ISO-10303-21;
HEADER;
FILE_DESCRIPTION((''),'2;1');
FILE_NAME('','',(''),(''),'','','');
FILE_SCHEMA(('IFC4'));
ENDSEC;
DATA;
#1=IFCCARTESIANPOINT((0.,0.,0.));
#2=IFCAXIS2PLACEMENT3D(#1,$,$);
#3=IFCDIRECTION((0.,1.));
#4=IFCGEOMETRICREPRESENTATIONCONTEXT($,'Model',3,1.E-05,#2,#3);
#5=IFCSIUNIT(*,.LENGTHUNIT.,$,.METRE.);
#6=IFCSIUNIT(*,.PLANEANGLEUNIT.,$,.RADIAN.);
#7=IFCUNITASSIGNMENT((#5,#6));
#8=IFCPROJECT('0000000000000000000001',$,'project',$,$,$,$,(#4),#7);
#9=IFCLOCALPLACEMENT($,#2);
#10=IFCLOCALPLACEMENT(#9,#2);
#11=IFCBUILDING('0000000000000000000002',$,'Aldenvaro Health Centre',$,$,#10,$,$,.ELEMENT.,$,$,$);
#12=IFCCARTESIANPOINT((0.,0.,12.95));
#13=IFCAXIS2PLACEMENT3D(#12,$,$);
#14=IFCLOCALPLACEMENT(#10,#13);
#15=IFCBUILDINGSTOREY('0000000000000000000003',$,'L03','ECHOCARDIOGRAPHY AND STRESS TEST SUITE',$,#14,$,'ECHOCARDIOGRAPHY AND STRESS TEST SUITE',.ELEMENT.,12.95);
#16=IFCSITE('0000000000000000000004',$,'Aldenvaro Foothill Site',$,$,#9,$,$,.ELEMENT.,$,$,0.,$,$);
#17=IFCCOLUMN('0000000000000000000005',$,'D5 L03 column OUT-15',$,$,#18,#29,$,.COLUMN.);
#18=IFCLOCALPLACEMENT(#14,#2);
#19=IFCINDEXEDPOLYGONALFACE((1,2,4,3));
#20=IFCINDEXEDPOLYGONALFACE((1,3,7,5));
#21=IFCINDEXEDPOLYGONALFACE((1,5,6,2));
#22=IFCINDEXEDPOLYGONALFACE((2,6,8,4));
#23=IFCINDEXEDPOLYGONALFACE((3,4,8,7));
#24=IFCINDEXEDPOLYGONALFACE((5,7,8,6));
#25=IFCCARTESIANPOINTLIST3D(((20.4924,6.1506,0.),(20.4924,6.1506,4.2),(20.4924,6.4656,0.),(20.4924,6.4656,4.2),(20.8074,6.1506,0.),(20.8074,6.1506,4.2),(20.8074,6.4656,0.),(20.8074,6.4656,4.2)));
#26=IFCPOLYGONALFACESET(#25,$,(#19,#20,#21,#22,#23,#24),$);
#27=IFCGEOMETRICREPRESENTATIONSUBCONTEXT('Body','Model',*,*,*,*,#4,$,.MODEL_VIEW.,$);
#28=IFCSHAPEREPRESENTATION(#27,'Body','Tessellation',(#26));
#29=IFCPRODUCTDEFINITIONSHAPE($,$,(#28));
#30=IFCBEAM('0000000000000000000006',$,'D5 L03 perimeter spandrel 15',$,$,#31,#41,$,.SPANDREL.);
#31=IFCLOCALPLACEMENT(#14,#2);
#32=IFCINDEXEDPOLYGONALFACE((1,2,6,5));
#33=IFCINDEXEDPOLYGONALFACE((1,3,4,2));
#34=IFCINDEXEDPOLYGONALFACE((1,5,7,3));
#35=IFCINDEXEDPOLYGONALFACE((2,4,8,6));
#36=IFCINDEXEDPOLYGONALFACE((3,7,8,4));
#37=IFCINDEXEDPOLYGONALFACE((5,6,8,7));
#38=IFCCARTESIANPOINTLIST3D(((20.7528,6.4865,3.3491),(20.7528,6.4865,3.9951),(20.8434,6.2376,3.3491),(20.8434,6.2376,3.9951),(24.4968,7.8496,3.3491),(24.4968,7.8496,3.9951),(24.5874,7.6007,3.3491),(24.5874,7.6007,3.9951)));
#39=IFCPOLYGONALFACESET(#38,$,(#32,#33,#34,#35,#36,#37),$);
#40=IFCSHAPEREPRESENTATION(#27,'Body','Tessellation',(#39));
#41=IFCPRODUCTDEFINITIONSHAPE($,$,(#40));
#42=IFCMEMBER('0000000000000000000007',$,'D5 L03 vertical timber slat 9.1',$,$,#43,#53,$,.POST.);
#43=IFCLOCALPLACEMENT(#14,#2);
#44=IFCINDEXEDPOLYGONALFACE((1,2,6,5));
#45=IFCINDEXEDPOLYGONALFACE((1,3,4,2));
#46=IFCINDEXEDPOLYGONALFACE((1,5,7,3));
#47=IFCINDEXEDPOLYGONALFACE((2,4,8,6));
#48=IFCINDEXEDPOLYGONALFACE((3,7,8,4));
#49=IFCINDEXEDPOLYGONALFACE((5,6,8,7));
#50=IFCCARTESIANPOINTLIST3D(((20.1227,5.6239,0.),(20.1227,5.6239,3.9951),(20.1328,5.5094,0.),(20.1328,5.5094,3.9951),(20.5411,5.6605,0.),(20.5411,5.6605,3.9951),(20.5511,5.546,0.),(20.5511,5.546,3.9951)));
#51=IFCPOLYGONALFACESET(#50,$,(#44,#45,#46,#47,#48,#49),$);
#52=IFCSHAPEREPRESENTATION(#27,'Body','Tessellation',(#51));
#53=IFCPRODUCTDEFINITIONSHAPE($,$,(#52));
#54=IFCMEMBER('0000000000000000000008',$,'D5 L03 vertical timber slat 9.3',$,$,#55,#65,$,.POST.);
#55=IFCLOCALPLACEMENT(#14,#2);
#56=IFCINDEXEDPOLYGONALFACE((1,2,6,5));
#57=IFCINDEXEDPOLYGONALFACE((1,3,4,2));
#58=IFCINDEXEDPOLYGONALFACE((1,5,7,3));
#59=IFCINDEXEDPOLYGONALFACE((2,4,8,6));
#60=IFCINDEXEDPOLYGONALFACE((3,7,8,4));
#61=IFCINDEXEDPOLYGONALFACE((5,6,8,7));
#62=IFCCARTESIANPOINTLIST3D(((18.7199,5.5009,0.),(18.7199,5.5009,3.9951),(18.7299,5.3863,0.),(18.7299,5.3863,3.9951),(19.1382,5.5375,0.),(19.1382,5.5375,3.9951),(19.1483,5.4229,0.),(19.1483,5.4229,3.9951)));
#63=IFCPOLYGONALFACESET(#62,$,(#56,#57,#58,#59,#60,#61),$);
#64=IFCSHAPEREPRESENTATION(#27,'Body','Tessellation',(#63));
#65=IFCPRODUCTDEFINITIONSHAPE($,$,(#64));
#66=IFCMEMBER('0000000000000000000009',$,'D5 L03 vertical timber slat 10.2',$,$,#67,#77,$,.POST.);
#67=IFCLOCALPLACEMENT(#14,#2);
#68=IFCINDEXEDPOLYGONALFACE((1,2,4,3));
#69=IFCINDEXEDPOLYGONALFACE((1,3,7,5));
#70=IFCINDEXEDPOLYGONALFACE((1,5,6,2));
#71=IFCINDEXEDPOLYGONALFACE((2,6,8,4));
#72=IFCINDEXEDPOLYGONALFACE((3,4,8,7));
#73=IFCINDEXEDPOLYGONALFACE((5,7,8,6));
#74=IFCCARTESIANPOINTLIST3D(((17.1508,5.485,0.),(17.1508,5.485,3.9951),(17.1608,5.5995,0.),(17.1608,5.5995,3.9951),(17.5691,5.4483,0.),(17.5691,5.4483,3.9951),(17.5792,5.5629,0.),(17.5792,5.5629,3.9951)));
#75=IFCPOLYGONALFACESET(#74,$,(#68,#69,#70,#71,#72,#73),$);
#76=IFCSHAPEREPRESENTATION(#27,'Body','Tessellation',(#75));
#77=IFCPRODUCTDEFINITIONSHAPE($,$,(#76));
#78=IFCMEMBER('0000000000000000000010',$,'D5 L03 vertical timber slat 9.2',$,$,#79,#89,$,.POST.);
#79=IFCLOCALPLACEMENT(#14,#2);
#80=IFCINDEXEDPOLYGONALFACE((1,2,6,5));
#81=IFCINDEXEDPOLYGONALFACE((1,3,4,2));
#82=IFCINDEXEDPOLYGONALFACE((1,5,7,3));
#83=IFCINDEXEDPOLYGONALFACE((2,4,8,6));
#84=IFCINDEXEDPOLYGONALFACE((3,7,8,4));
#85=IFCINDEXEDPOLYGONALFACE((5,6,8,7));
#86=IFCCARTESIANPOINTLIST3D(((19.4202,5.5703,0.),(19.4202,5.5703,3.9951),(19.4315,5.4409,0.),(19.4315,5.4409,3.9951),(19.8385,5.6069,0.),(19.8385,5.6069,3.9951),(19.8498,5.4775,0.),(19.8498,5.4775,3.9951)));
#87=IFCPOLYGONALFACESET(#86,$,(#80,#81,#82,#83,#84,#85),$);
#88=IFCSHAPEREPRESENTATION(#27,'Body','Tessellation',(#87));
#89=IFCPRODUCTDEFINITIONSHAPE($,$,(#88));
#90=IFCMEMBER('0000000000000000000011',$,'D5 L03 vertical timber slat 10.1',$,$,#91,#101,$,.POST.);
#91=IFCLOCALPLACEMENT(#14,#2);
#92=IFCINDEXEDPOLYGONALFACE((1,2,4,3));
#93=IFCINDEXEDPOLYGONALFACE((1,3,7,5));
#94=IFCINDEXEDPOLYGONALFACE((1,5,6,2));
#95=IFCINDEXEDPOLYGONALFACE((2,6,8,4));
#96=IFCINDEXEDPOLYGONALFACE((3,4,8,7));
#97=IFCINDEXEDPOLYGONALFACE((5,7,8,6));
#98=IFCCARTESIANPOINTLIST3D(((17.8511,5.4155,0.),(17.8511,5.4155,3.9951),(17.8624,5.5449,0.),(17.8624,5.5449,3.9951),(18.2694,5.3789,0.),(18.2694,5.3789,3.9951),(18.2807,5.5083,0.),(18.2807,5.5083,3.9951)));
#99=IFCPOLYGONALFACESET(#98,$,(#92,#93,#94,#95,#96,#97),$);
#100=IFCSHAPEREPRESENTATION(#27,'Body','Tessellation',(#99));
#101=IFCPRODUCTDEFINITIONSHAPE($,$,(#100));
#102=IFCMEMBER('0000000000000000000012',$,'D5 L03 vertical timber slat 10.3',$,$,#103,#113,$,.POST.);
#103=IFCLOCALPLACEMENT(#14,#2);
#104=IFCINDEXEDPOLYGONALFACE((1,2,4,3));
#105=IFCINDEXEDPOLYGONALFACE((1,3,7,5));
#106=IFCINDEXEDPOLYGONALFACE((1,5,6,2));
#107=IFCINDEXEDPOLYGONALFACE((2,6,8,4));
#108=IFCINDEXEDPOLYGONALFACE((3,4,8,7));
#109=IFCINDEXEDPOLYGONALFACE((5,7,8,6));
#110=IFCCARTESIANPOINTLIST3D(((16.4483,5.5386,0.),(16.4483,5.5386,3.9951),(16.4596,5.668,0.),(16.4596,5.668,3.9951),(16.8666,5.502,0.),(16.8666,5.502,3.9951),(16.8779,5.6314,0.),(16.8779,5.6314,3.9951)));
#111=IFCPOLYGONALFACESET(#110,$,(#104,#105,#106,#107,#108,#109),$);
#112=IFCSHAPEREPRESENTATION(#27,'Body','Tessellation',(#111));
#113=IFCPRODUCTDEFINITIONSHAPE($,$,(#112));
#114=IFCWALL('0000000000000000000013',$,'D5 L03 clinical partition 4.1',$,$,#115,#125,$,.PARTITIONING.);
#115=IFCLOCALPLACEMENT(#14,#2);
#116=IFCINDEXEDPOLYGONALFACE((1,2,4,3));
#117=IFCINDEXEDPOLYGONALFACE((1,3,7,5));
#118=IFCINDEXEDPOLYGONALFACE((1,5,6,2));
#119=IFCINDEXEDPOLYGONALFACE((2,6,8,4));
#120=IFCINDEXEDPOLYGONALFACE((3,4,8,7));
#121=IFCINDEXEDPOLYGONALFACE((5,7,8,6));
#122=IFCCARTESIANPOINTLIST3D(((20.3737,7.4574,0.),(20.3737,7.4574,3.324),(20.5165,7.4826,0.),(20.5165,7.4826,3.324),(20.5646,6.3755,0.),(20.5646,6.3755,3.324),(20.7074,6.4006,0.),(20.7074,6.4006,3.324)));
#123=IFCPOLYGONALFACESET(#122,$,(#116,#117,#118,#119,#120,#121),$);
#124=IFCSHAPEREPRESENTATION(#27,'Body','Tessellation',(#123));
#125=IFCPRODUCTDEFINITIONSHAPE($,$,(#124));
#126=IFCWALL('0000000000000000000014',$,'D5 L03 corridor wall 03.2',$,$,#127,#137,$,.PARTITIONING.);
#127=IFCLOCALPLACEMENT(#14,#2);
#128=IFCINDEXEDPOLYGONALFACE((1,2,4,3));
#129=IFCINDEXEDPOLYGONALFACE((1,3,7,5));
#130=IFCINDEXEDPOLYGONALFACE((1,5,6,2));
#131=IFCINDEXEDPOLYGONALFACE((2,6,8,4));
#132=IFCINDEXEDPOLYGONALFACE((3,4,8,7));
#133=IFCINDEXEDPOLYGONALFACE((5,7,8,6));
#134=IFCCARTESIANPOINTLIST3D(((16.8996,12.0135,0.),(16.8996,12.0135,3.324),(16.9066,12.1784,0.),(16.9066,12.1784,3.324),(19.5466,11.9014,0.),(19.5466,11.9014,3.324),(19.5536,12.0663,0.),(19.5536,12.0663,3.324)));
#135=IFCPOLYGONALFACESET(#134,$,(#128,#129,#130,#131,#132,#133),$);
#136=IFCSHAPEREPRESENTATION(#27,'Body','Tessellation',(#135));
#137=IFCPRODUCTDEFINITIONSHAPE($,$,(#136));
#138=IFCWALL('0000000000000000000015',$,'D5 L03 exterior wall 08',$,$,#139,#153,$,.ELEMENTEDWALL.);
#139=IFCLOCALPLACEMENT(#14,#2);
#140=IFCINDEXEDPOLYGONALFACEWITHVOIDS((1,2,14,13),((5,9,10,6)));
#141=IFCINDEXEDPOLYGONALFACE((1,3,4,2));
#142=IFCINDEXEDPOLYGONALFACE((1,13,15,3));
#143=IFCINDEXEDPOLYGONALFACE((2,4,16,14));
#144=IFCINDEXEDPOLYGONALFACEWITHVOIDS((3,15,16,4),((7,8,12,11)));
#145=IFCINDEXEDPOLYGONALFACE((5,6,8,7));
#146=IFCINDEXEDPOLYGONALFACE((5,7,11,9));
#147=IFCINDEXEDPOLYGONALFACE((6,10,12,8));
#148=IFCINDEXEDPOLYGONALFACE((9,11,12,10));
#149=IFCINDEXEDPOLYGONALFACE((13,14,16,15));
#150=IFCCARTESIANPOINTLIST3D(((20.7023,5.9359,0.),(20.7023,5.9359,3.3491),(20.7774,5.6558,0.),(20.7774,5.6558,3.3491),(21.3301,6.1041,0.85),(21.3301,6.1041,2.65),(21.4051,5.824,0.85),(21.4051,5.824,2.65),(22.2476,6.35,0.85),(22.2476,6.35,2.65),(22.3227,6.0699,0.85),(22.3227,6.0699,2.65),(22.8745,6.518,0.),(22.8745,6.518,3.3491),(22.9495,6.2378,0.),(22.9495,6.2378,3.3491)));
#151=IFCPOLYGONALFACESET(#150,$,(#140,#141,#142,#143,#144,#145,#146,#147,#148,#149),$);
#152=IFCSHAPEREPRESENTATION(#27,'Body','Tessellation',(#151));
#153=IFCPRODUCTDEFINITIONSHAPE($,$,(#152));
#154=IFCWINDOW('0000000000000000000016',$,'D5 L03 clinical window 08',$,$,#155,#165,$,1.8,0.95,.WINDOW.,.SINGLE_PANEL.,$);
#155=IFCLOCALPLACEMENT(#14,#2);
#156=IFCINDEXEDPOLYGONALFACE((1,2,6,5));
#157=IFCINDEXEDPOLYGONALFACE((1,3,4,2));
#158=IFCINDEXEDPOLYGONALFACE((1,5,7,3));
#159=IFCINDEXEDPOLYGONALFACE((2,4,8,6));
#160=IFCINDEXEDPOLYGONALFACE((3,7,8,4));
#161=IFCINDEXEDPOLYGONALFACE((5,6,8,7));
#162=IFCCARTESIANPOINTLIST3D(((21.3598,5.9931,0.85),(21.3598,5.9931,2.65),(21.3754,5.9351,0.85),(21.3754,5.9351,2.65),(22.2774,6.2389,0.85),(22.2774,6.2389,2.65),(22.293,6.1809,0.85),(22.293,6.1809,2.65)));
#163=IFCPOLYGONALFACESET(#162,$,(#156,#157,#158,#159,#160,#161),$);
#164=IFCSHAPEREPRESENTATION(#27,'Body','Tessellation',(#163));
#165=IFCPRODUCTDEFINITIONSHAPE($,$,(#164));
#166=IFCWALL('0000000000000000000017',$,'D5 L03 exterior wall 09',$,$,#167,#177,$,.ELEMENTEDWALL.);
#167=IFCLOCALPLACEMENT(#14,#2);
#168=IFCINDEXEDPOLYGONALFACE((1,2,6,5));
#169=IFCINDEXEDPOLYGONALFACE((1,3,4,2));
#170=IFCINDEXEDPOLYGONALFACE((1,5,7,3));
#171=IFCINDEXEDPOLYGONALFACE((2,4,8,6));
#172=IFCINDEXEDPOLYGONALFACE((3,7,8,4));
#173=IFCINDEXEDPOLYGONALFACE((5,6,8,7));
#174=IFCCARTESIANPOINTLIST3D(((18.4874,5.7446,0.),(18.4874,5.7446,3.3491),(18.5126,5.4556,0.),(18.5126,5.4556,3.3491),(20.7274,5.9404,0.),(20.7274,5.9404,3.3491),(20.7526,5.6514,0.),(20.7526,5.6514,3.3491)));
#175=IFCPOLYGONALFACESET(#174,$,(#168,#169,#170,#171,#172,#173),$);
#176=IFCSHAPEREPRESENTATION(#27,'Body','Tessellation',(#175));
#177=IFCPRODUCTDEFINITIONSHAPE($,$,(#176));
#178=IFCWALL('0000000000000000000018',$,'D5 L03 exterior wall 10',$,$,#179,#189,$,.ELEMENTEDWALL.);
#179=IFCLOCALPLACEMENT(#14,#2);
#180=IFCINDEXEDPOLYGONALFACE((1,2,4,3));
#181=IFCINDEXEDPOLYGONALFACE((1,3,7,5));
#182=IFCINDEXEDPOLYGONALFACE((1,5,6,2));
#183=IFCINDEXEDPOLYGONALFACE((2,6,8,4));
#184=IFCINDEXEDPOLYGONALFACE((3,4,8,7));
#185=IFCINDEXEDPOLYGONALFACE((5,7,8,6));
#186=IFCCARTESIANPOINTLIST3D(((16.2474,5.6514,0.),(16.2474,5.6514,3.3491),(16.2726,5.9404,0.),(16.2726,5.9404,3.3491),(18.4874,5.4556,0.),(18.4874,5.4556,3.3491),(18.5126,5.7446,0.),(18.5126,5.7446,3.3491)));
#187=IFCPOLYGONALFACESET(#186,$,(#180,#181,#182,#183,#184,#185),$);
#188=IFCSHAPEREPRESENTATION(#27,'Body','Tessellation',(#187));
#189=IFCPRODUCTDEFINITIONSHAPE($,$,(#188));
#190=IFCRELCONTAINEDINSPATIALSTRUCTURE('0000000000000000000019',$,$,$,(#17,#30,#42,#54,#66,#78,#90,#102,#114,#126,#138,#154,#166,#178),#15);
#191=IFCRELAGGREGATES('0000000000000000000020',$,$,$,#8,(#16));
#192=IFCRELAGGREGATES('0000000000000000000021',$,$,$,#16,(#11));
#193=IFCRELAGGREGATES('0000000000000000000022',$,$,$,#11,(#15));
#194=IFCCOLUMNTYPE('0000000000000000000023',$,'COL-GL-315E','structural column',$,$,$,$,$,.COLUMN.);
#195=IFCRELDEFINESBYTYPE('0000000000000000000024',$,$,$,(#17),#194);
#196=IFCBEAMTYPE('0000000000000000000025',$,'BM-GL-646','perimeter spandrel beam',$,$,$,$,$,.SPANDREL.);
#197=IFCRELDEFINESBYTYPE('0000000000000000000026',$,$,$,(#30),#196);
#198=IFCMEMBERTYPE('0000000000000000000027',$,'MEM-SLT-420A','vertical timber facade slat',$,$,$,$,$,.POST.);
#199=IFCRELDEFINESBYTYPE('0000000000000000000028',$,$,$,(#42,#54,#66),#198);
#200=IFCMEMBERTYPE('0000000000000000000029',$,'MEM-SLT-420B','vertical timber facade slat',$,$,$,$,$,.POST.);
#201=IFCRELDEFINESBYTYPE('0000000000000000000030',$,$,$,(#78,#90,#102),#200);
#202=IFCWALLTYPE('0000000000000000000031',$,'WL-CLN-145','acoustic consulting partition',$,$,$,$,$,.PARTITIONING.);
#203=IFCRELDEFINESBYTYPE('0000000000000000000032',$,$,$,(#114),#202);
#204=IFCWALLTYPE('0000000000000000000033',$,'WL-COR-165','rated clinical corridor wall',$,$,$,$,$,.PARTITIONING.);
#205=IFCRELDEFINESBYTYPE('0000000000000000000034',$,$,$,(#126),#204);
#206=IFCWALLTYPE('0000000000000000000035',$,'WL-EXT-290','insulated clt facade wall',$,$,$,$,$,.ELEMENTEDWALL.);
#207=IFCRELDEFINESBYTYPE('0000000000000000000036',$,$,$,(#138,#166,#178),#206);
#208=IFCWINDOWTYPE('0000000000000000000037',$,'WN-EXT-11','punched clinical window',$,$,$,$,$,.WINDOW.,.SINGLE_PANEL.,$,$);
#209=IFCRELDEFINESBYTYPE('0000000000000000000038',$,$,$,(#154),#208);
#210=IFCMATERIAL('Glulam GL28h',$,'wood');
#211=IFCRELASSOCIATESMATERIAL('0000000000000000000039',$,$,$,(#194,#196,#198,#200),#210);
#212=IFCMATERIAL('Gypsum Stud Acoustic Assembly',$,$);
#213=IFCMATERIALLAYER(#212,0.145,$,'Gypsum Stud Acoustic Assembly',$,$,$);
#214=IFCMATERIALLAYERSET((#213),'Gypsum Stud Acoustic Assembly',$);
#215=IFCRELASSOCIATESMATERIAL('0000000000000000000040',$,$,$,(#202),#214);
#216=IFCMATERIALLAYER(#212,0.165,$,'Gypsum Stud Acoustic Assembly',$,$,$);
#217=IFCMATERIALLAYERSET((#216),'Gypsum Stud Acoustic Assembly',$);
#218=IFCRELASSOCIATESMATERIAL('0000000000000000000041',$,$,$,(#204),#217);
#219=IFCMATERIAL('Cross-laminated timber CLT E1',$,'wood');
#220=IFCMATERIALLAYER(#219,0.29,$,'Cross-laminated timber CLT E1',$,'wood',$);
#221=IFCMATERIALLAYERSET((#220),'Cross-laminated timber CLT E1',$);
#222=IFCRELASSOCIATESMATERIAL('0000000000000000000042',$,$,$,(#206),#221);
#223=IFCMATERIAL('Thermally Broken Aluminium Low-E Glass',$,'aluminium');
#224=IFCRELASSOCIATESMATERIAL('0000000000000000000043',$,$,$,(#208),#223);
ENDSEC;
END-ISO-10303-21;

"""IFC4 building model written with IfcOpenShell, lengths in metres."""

from ifc_helpers import new_model, si_unit, direction, frame, frame_2d, origin, origin_2d, place, context, subcontext, project, spatial, rectangle, extrude, material, layer, layer_set, material_profile, profile_set, type_object, element, fill, save


model = new_model("IFC4")

# Units and contexts
model_context = context("Model", 3, precision=1e-05, world=origin(), true_north=direction((0.0, 1.0)))
body_context = subcontext(model_context, "Body", "Model", "MODEL_VIEW")
ifc_project = project(units=[si_unit("LENGTHUNIT", "METRE"), si_unit("PLANEANGLEUNIT", "RADIAN")], contexts=[model_context])

# Site, building, storey
site_placement = place(None, origin())
site = spatial("IfcSite", under=ifc_project, at=site_placement, Name="Aldenvaro Foothill Site", CompositionType="ELEMENT", RefElevation=0.0)
building_placement = place(site_placement, origin())
building = spatial("IfcBuilding", under=site, at=building_placement, Name="Aldenvaro Health Centre", CompositionType="ELEMENT")
storey_placement = place(building_placement, frame((0.0, 0.0, 12.95)))
storey = spatial("IfcBuildingStorey", under=building, at=storey_placement, Name="L03", Description="ECHOCARDIOGRAPHY AND STRESS TEST SUITE", LongName="ECHOCARDIOGRAPHY AND STRESS TEST SUITE", CompositionType="ELEMENT", Elevation=12.95)

# Column
ifc_material_1 = material(Name="Glulam GL28h", Category="wood")
ifc_material_profile_1 = material_profile(ifc_material_1, rectangle(XDim=0.3149, YDim=0.3149, at=origin_2d()), Name="GL 315x315", Category="wood")
ifc_profile_set_1 = profile_set([ifc_material_profile_1], Name="Glulam GL28h")
column_type = type_object("IfcColumnType", Name="COL-GL-315E", Description="structural column", PredefinedType="COLUMN", material=ifc_profile_set_1)
column_placement = place(storey_placement, frame((20.6499, 6.3081, 0.0), z_axis=(0.0, 0.0, 1.0), x_axis=(1.0, 0.0, 0.0)))
element("IfcColumn", 1, at=column_placement, inside=storey, type_object=column_type, Name="D5 L03 column OUT-15", PredefinedType="COLUMN", context=body_context, shape_type="SweptSolid", body=[
    extrude(rectangle(XDim=0.3149, YDim=0.3149, at=origin_2d()), origin(), (0.0, 0.0, 1.0), 4.2),
])

# Beam
ifc_material_profile_2 = material_profile(ifc_material_1, rectangle(XDim=0.2649, YDim=0.646, at=origin_2d()), Name="GL 265x646", Category="wood")
ifc_profile_set_2 = profile_set([ifc_material_profile_2], Name="Glulam GL28h")
beam_type = type_object("IfcBeamType", Name="BM-GL-646", Description="perimeter spandrel beam", PredefinedType="SPANDREL", material=ifc_profile_set_2)
beam_placement = place(storey_placement, frame((20.7981, 6.3621, 3.6721), z_axis=(0.939663, 0.342102, 0.0), x_axis=(-0.342102, 0.939663, 0.0)))
element("IfcBeam", 2, at=beam_placement, inside=storey, type_object=beam_type, Name="D5 L03 perimeter spandrel 15", PredefinedType="SPANDREL", context=body_context, shape_type="SweptSolid", body=[
    extrude(rectangle(XDim=0.2649, YDim=0.646, at=origin_2d()), origin(), (0.0, 0.0, 1.0), 3.9844),
])

# Members
ifc_material_profile_3 = material_profile(ifc_material_1, rectangle(XDim=0.115, YDim=0.4199, at=origin_2d()), Name="GL 115x420", Category="wood")
ifc_profile_set_3 = profile_set([ifc_material_profile_3], Name="Glulam GL28h")
member_type_1 = type_object("IfcMemberType", Name="MEM-SLT-420A", Description="vertical timber facade slat", PredefinedType="POST", material=ifc_profile_set_3)
for number, where, z_axis, x_axis, name in (
    (3, (20.3369, 5.585, 0.0), (0.0, 0.0, 1.0), (0.087167, -0.996194, 0.0), "D5 L03 vertical timber slat 9.1"),
    (4, (18.9341, 5.4619, 0.0), (0.0, 0.0, 1.0), (0.087167, -0.996194, 0.0), "D5 L03 vertical timber slat 9.3"),
    (5, (17.365, 5.5239, 0.0), (0.0, 0.0, 1.0), (-0.087167, -0.996194, 0.0), "D5 L03 vertical timber slat 10.2"),
):
    element("IfcMember", number, at=place(storey_placement, frame(where, z_axis=z_axis, x_axis=x_axis)), inside=storey, type_object=member_type_1, Name=name, PredefinedType="POST", context=body_context, shape_type="SweptSolid", body=[
        extrude(rectangle(XDim=0.115, YDim=0.4199, at=origin_2d()), origin(), (0.0, 0.0, 1.0), 3.9951),
    ])
ifc_material_profile_4 = material_profile(ifc_material_1, rectangle(XDim=0.1299, YDim=0.4199, at=origin_2d()), Name="GL 130x420", Category="wood")
ifc_profile_set_4 = profile_set([ifc_material_profile_4], Name="Glulam GL28h")
member_type_2 = type_object("IfcMemberType", Name="MEM-SLT-420B", Description="vertical timber facade slat", PredefinedType="POST", material=ifc_profile_set_4)
for number, where, z_axis, x_axis, name in (
    (6, (19.635, 5.5239, 0.0), (0.0, 0.0, 1.0), (0.087167, -0.996194, 0.0), "D5 L03 vertical timber slat 9.2"),
    (7, (18.0659, 5.4619, 0.0), (0.0, 0.0, 1.0), (-0.087167, -0.996194, 0.0), "D5 L03 vertical timber slat 10.1"),
    (8, (16.6631, 5.585, 0.0), (0.0, 0.0, 1.0), (-0.087167, -0.996194, 0.0), "D5 L03 vertical timber slat 10.3"),
):
    element("IfcMember", number, at=place(storey_placement, frame(where, z_axis=z_axis, x_axis=x_axis)), inside=storey, type_object=member_type_2, Name=name, PredefinedType="POST", context=body_context, shape_type="SweptSolid", body=[
        extrude(rectangle(XDim=0.1299, YDim=0.4199, at=origin_2d()), origin(), (0.0, 0.0, 1.0), 3.9951),
    ])

# Walls
ifc_material_2 = material(Name="Gypsum Stud Acoustic Assembly")
ifc_layer_1 = layer(ifc_material_2, 0.145, Name="Gypsum Stud Acoustic Assembly")
ifc_layer_set_1 = layer_set([ifc_layer_1], Name="Gypsum Stud Acoustic Assembly")
wall_type_1 = type_object("IfcWallType", Name="WL-CLN-145", Description="acoustic consulting partition", PredefinedType="PARTITIONING", material=ifc_layer_set_1)
wall_1_placement = place(storey_placement, frame((20.4451, 7.47, 0.0), z_axis=(0.0, 0.0, 1.0), x_axis=(0.17376, -0.984788, 0.0)))
element("IfcWall", 9, at=wall_1_placement, inside=storey, type_object=wall_type_1, Name="D5 L03 clinical partition 4.1", PredefinedType="PARTITIONING", context=body_context, shape_type="SweptSolid", body=[
    extrude(rectangle(XDim=1.0986, YDim=0.145, at=frame_2d((0.5493, 0.0))), origin(), (0.0, 0.0, 1.0), 3.324),
])
ifc_layer_2 = layer(ifc_material_2, 0.165, Name="Gypsum Stud Acoustic Assembly")
ifc_layer_set_2 = layer_set([ifc_layer_2], Name="Gypsum Stud Acoustic Assembly")
wall_type_2 = type_object("IfcWallType", Name="WL-COR-165", Description="rated clinical corridor wall", PredefinedType="PARTITIONING", material=ifc_layer_set_2)
wall_2_placement = place(storey_placement, frame((16.9031, 12.0959, 0.0), z_axis=(0.0, 0.0, 1.0), x_axis=(0.999105, -0.042297, 0.0)))
element("IfcWall", 10, at=wall_2_placement, inside=storey, type_object=wall_type_2, Name="D5 L03 corridor wall 03.2", PredefinedType="PARTITIONING", context=body_context, shape_type="SweptSolid", body=[
    extrude(rectangle(XDim=2.6494, YDim=0.165, at=frame_2d((1.3247, 0.0))), origin(), (0.0, 0.0, 1.0), 3.324),
])

# Wall, opening, window
ifc_material_3 = material(Name="Cross-laminated timber CLT E1", Category="wood")
ifc_layer_3 = layer(ifc_material_3, 0.29, Name="Cross-laminated timber CLT E1", Category="wood")
ifc_layer_set_3 = layer_set([ifc_layer_3], Name="Cross-laminated timber CLT E1")
wall_type_3 = type_object("IfcWallType", Name="WL-EXT-290", Description="insulated clt facade wall", PredefinedType="ELEMENTEDWALL", material=ifc_layer_set_3)
wall_3_placement = place(storey_placement, frame((22.9121, 6.3779, 0.0), z_axis=(0.0, 0.0, 1.0), x_axis=(-0.965924, -0.258825, 0.0)))
wall_3 = element("IfcWall", 11, at=wall_3_placement, inside=storey, type_object=wall_type_3, Name="D5 L03 exterior wall 08", PredefinedType="ELEMENTEDWALL", context=body_context, shape_type="SweptSolid", body=[
    extrude(rectangle(XDim=2.2488, YDim=0.29, at=frame_2d((1.1245, 0.0))), origin(), (0.0, 0.0, 1.0), 3.3491),
])
opening_1_placement = place(wall_3_placement, frame((0.6489, 0.0, 0.8501)))
opening_1 = element("IfcOpeningElement", 12, at=opening_1_placement, cuts=wall_3, PredefinedType="OPENING", context=body_context, shape_type="SweptSolid", body=[
    extrude(rectangle(XDim=0.95, YDim=1.8, at=frame_2d((0.4751, 0.8999))), frame((0.0, 0.155, 0.0), z_axis=(0.0, -1.0, 0.0), x_axis=(1.0, 0.0, 0.0)), (0.0, 0.0, 1.0), 0.3101),
])
ifc_material_4 = material(Name="Thermally Broken Aluminium Low-E Glass", Category="aluminium")
window_type = type_object("IfcWindowType", Name="WN-EXT-11", Description="punched clinical window", PartitioningType="SINGLE_PANEL", PredefinedType="WINDOW", material=ifc_material_4)
window_placement = place(opening_1_placement, origin())
window = element("IfcWindow", 13, at=window_placement, inside=storey, type_object=window_type, Name="D5 L03 clinical window 08", OverallHeight=1.8, OverallWidth=0.95, PartitioningType="SINGLE_PANEL", PredefinedType="WINDOW", context=body_context, shape_type="SweptSolid", body=[
    extrude(rectangle(XDim=0.95, YDim=1.8, at=frame_2d((0.4751, 0.8999))), frame((0.0, 0.03, 0.0), z_axis=(0.0, -1.0, 0.0), x_axis=(1.0, 0.0, 0.0)), (0.0, 0.0, 1.0), 0.0601),
])
fill(opening_1, window)

# Walls
for number, where, z_axis, x_axis, name in (
    (14, (20.74, 5.7959, 0.0), (0.0, 0.0, 1.0), (-0.996201, -0.087079, 0.0), "D5 L03 exterior wall 09"),
    (15, (18.5, 5.6001, 0.0), (0.0, 0.0, 1.0), (-0.996201, 0.087079, 0.0), "D5 L03 exterior wall 10"),
):
    element("IfcWall", number, at=place(storey_placement, frame(where, z_axis=z_axis, x_axis=x_axis)), inside=storey, type_object=wall_type_3, Name=name, PredefinedType="ELEMENTEDWALL", context=body_context, shape_type="SweptSolid", body=[
        extrude(rectangle(XDim=2.2485, YDim=0.29, at=frame_2d((1.1243, 0.0))), origin(), (0.0, 0.0, 1.0), 3.3491),
    ])

save(model, "model.ifc")
